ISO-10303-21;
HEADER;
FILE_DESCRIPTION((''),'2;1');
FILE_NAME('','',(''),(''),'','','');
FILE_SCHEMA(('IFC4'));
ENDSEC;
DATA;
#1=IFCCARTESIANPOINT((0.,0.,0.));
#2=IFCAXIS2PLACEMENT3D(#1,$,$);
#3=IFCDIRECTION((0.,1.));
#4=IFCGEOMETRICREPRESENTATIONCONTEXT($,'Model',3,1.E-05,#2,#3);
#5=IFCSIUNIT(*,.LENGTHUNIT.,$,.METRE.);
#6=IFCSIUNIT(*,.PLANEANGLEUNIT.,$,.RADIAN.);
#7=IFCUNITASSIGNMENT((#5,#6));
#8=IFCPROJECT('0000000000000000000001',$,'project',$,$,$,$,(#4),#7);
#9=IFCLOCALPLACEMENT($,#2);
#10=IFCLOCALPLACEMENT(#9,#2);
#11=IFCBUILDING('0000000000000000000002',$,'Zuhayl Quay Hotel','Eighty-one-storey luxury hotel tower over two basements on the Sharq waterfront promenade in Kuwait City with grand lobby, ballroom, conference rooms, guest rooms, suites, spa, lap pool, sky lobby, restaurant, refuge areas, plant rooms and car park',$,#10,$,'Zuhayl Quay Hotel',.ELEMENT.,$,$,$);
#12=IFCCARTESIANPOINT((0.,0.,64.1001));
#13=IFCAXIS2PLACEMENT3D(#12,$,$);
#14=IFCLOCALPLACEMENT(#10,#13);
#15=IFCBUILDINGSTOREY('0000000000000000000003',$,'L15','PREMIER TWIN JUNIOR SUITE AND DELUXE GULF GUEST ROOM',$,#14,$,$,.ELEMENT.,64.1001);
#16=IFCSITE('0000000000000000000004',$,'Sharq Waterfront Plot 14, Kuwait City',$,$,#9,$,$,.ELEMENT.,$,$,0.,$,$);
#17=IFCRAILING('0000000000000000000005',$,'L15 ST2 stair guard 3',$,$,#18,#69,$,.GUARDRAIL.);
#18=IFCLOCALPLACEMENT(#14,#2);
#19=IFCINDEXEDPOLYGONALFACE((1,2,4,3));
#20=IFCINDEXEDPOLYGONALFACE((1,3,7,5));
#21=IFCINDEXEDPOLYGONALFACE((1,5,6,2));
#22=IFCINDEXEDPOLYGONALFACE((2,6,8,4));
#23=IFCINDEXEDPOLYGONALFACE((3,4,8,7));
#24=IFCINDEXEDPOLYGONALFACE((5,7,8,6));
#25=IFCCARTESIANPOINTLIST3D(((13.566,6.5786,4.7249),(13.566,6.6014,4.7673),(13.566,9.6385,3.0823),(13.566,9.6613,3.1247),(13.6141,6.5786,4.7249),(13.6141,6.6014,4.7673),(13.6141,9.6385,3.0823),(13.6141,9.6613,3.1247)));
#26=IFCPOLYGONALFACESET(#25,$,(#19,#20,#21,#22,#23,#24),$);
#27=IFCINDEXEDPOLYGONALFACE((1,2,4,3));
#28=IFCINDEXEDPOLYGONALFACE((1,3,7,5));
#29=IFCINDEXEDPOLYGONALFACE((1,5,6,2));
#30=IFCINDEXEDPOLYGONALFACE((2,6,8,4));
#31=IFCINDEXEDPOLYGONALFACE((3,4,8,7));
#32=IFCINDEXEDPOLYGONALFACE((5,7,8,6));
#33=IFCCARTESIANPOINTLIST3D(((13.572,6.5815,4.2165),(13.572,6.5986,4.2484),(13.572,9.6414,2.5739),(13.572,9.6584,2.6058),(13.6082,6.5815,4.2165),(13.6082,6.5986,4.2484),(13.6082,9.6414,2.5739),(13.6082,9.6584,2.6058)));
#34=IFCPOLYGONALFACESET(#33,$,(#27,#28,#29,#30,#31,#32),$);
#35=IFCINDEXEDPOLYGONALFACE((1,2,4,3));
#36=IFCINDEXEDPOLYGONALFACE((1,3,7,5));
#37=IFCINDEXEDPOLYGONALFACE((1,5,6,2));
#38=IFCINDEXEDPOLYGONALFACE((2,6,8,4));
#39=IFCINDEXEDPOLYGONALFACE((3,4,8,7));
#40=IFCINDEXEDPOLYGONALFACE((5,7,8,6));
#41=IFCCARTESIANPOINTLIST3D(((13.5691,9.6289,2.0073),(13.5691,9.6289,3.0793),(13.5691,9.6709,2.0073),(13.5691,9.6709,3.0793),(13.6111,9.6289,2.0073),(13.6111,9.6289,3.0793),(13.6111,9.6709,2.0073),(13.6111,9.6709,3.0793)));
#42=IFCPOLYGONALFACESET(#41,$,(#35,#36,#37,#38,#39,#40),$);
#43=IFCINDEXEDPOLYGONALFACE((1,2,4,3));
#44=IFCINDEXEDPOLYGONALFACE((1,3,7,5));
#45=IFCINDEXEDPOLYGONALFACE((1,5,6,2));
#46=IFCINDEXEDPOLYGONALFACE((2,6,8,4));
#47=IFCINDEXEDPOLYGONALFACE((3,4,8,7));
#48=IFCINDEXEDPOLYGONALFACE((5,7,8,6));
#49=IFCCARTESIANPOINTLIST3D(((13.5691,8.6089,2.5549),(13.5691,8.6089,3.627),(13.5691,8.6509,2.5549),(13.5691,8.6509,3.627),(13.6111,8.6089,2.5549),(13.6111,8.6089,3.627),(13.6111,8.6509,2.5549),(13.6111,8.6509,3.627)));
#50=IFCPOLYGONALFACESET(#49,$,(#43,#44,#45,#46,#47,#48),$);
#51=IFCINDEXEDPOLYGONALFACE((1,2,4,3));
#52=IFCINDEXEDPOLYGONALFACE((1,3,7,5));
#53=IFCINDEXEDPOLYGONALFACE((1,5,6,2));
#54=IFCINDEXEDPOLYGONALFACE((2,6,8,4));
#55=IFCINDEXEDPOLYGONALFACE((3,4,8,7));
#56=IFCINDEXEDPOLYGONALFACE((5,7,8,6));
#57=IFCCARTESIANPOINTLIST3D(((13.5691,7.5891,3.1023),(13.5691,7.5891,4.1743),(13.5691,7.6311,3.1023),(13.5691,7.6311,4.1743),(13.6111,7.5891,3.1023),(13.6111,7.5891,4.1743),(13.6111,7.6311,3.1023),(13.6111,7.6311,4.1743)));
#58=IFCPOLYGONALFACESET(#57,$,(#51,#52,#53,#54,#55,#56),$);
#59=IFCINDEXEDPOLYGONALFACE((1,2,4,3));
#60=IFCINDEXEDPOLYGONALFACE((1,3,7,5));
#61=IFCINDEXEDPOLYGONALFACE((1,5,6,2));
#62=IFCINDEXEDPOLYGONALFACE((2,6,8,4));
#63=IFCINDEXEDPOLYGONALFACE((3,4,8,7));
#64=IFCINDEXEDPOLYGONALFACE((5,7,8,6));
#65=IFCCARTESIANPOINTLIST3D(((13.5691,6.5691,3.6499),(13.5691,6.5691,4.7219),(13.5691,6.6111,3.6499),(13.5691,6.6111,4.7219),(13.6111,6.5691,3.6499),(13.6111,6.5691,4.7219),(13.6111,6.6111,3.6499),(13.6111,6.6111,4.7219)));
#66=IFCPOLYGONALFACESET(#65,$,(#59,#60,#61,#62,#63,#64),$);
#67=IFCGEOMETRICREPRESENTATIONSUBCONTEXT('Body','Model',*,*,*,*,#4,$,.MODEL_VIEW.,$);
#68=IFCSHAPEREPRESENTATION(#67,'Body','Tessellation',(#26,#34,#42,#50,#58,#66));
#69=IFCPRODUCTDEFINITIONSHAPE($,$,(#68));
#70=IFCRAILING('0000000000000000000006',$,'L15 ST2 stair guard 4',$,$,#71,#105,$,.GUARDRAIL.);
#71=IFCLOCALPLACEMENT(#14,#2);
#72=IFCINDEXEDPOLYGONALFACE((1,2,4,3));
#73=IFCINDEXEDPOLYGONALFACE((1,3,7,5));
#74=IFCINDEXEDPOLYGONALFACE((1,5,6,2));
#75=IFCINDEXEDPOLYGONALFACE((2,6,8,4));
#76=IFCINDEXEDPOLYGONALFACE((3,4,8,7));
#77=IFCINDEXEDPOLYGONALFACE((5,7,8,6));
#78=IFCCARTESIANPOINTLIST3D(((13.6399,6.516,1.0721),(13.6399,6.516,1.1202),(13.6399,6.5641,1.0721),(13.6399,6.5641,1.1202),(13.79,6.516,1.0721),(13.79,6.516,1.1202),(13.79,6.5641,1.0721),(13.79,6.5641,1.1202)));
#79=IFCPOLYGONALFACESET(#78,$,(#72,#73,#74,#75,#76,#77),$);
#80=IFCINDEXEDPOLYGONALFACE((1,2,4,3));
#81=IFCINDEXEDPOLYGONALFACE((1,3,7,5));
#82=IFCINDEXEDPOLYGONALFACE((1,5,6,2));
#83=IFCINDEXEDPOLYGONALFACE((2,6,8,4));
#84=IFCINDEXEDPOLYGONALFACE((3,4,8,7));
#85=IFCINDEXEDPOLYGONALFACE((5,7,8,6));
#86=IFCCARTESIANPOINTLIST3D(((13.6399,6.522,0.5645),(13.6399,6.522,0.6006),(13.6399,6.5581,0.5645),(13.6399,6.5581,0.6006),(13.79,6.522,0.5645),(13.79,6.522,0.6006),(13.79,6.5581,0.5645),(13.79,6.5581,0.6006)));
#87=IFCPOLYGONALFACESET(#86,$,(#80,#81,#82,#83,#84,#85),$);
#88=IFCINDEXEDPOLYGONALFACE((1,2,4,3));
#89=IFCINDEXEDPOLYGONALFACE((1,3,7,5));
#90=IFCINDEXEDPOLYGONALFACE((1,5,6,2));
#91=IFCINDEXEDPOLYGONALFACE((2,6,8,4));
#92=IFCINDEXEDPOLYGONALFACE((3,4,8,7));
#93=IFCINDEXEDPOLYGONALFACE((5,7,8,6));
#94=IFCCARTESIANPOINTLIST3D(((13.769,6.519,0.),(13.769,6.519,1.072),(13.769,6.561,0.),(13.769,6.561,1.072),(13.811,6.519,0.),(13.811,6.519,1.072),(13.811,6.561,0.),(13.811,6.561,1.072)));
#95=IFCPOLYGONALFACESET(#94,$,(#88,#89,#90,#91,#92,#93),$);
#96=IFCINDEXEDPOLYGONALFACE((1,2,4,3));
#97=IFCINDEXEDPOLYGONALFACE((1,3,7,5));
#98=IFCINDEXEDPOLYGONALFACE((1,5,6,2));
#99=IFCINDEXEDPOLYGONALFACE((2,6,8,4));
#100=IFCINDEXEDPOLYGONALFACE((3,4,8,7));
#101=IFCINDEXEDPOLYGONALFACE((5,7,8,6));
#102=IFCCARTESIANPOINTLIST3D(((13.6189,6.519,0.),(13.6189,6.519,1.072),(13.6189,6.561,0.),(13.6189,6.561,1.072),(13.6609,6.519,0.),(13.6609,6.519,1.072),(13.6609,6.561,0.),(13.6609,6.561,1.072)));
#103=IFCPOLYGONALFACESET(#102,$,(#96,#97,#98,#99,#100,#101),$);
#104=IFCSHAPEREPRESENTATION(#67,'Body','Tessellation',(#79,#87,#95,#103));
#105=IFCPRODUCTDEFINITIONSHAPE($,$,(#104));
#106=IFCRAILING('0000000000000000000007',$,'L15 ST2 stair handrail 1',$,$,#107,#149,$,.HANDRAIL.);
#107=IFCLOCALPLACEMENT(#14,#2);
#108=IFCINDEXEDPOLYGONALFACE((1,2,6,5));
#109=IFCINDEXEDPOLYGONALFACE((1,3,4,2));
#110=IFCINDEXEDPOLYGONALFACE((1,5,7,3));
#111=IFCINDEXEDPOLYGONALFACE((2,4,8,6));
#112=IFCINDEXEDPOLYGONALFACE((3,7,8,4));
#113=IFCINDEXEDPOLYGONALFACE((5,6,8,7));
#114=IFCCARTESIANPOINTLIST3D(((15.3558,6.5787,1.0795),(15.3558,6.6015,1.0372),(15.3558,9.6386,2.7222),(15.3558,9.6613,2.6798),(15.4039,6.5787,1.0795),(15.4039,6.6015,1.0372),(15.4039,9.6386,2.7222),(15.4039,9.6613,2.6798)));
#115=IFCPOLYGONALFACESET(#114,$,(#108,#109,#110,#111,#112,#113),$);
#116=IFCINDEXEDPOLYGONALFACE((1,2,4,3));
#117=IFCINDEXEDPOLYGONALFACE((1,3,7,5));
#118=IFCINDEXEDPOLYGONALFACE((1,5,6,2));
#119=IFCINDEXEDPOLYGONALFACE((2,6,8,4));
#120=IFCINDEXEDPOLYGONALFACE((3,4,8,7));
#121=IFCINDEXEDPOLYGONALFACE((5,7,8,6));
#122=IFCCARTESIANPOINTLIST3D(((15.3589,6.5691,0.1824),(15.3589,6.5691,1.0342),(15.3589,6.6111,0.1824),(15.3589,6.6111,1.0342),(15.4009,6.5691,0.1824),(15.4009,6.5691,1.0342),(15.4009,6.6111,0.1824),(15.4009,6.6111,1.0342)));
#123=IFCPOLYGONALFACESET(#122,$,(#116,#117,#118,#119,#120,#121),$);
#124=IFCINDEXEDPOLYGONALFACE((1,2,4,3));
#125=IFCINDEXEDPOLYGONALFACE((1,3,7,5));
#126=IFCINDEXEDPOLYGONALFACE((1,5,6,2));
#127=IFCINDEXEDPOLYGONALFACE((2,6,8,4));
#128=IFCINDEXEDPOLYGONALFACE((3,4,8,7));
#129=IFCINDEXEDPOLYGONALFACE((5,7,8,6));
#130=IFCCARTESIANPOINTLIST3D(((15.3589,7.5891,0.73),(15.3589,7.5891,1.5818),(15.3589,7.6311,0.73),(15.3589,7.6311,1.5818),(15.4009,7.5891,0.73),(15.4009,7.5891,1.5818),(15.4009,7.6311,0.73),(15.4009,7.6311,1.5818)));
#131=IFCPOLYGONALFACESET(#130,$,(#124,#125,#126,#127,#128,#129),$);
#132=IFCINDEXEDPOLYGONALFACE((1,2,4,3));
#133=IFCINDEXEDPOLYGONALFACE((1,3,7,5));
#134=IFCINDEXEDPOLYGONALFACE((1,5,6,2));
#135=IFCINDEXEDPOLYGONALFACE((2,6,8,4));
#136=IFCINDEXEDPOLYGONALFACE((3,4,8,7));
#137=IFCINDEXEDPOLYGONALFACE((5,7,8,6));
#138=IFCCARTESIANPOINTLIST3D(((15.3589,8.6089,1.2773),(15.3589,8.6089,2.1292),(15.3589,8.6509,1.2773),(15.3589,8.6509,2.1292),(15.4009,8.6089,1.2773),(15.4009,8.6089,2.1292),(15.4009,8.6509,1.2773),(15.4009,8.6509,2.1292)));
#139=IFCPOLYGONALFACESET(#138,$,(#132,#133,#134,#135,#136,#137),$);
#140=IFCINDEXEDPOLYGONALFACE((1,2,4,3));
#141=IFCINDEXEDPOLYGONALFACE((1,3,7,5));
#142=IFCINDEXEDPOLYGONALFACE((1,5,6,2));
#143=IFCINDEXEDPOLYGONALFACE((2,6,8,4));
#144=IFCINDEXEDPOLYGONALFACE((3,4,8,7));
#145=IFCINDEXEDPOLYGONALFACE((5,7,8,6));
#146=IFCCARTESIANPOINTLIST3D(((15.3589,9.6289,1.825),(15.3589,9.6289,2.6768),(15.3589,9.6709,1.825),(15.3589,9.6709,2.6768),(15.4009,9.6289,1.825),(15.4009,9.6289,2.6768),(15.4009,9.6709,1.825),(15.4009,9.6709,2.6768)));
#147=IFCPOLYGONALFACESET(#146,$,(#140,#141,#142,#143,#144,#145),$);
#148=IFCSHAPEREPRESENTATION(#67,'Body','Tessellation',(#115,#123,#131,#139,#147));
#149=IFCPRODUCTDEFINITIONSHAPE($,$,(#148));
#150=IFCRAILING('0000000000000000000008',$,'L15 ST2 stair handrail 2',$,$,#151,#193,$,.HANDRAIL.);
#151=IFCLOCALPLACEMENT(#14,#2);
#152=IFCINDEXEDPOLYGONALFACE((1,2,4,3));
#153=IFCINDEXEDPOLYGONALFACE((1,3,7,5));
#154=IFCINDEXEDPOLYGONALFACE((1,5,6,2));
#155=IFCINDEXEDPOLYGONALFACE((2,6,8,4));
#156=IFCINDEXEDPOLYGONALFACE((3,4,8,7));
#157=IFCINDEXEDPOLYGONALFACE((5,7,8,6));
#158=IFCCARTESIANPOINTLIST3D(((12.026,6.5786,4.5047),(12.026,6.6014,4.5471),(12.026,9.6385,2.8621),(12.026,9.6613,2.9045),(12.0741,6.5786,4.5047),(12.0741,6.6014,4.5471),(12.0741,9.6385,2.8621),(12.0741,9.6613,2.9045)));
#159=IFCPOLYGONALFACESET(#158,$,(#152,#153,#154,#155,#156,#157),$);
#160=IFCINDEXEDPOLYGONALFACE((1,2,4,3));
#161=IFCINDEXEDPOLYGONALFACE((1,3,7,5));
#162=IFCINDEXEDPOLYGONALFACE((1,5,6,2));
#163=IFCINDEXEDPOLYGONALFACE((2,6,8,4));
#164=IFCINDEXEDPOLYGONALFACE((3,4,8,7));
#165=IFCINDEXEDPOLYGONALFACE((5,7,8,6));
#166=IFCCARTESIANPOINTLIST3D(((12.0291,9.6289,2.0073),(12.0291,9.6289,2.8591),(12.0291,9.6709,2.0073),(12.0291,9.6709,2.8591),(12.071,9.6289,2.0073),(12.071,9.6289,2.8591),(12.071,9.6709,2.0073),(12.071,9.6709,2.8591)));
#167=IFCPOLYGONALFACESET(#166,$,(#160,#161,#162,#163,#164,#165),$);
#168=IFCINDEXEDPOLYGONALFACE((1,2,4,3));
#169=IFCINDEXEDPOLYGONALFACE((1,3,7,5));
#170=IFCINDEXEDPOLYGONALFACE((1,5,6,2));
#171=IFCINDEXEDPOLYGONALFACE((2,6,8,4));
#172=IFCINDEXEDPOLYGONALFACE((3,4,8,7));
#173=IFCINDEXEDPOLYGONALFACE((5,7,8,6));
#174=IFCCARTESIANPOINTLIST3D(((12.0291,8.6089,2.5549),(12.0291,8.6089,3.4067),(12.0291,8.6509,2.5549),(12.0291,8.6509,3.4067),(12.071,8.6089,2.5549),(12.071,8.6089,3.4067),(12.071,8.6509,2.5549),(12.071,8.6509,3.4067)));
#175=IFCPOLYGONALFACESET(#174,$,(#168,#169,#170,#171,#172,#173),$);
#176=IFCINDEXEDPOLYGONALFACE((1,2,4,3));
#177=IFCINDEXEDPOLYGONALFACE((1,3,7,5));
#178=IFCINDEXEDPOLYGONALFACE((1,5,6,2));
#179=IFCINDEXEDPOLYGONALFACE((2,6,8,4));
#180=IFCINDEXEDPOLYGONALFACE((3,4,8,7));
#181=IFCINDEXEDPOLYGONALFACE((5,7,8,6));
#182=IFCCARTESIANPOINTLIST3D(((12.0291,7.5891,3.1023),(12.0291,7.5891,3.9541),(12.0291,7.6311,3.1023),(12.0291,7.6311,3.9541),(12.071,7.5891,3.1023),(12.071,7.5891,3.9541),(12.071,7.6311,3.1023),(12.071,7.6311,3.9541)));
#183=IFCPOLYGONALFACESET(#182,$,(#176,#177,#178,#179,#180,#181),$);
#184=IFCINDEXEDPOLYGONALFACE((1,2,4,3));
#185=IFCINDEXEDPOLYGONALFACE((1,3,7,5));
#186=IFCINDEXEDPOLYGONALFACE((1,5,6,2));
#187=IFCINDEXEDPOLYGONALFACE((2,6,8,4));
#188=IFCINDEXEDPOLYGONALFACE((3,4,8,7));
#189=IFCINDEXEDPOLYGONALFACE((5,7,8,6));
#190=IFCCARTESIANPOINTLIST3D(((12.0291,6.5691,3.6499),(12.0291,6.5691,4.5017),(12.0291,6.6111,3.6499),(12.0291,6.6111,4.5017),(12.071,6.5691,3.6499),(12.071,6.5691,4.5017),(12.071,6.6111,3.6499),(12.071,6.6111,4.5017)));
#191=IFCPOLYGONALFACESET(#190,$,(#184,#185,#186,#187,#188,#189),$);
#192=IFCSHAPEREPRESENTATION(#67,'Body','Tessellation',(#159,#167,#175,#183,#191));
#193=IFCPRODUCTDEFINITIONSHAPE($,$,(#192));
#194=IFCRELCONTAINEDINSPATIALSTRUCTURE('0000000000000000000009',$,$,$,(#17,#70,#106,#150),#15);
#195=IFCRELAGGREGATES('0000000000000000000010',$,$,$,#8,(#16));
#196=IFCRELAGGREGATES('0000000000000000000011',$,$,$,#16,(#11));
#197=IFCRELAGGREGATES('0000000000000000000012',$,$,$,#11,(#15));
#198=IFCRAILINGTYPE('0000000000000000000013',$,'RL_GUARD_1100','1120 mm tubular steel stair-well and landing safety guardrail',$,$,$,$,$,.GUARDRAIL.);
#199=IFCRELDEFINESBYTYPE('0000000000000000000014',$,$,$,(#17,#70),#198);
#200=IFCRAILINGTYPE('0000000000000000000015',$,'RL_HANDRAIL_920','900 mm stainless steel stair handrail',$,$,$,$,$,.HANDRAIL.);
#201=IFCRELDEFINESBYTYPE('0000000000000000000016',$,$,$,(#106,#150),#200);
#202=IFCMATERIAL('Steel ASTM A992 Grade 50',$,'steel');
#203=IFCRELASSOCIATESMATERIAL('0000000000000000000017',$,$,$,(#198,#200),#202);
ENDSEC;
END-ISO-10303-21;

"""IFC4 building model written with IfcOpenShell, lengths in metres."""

from ifc_helpers import new_model, si_unit, direction, frame, origin, origin_2d, place, context, subcontext, project, spatial, rectangle, extrude, material, type_object, element, save


model = new_model("IFC4")

# Units and contexts
model_context = context("Model", 3, precision=1e-05, world=origin(), true_north=direction((0.0, 1.0)))
body_context = subcontext(model_context, "Body", "Model", "MODEL_VIEW")
ifc_project = project(units=[si_unit("LENGTHUNIT", "METRE"), si_unit("PLANEANGLEUNIT", "RADIAN")], contexts=[model_context])

# Site, building, storey
site_placement = place(None, origin())
site = spatial("IfcSite", under=ifc_project, at=site_placement, Name="Sharq Waterfront Plot 14, Kuwait City", CompositionType="ELEMENT", RefElevation=0.0)
building_placement = place(site_placement, origin())
building = spatial("IfcBuilding", under=site, at=building_placement, Name="Zuhayl Quay Hotel", Description="Eighty-one-storey luxury hotel tower over two basements on the Sharq waterfront promenade in Kuwait City with grand lobby, ballroom, conference rooms, guest rooms, suites, spa, lap pool, sky lobby, restaurant, refuge areas, plant rooms and car park", LongName="Zuhayl Quay Hotel", CompositionType="ELEMENT")
storey_placement = place(building_placement, frame((0.0, 0.0, 64.1001)))
storey = spatial("IfcBuildingStorey", under=building, at=storey_placement, Name="L15", Description="PREMIER TWIN JUNIOR SUITE AND DELUXE GULF GUEST ROOM", CompositionType="ELEMENT", Elevation=64.1001)

# Shared definitions
ifc_material_1 = material(Name="Steel ASTM A992 Grade 50", Category="steel")

# Railings
railing_type_1 = type_object("IfcRailingType", Name="RL_GUARD_1100", Description="1120 mm tubular steel stair-well and landing safety guardrail", PredefinedType="GUARDRAIL", material=ifc_material_1)
railing_1_placement = place(storey_placement, frame((13.5901, 9.6499, 2.0073)))
element("IfcRailing", 1, at=railing_1_placement, inside=storey, type_object=railing_type_1, Name="L15 ST2 stair guard 3", PredefinedType="GUARDRAIL", context=body_context, shape_type="SweptSolid", body=[
    extrude(rectangle(XDim=0.0481, YDim=0.0481, at=origin_2d()), frame((0.0, 0.0, 1.0962), z_axis=(0.0, -0.881073, 0.47298), x_axis=(1.0, 0.0, 0.0)), (0.0, 0.0, 1.0), 3.4729),
    extrude(rectangle(XDim=0.0361, YDim=0.0361, at=origin_2d()), frame((0.0, 0.0, 0.5825), z_axis=(0.0, -0.881073, 0.47298), x_axis=(1.0, 0.0, 0.0)), (0.0, 0.0, 1.0), 3.4729),
    extrude(rectangle(XDim=0.042, YDim=0.042, at=origin_2d()), origin(), (0.0, 0.0, 1.0), 1.072),
    extrude(rectangle(XDim=0.042, YDim=0.042, at=origin_2d()), frame((0.0, -1.02, 0.5476)), (0.0, 0.0, 1.0), 1.072),
    extrude(rectangle(XDim=0.042, YDim=0.042, at=origin_2d()), frame((0.0, -2.0398, 1.095)), (0.0, 0.0, 1.0), 1.072),
    extrude(rectangle(XDim=0.042, YDim=0.042, at=origin_2d()), frame((0.0, -3.0598, 1.6426)), (0.0, 0.0, 1.0), 1.072),
])
railing_2_placement = place(storey_placement, frame((13.79, 6.54, 0.0)))
element("IfcRailing", 2, at=railing_2_placement, inside=storey, type_object=railing_type_1, Name="L15 ST2 stair guard 4", PredefinedType="GUARDRAIL", context=body_context, shape_type="SweptSolid", body=[
    extrude(rectangle(XDim=0.0481, YDim=0.0481, at=origin_2d()), frame((0.0, 0.0, 1.0962), z_axis=(-1.0, 0.0, 0.0), x_axis=(0.0, -1.0, 0.0)), (0.0, 0.0, 1.0), 0.1501),
    extrude(rectangle(XDim=0.0361, YDim=0.0361, at=origin_2d()), frame((0.0, 0.0, 0.5825), z_axis=(-1.0, 0.0, 0.0), x_axis=(0.0, -1.0, 0.0)), (0.0, 0.0, 1.0), 0.1501),
    extrude(rectangle(XDim=0.042, YDim=0.042, at=origin_2d()), origin(), (0.0, 0.0, 1.0), 1.072),
    extrude(rectangle(XDim=0.042, YDim=0.042, at=origin_2d()), frame((-0.1501, 0.0, 0.0)), (0.0, 0.0, 1.0), 1.072),
])
railing_type_2 = type_object("IfcRailingType", Name="RL_HANDRAIL_920", Description="900 mm stainless steel stair handrail", PredefinedType="HANDRAIL", material=ifc_material_1)
railing_3_placement = place(storey_placement, frame((15.3799, 6.5901, 0.1824)))
element("IfcRailing", 3, at=railing_3_placement, inside=storey, type_object=railing_type_2, Name="L15 ST2 stair handrail 1", PredefinedType="HANDRAIL", context=body_context, shape_type="SweptSolid", body=[
    extrude(rectangle(XDim=0.0481, YDim=0.0481, at=origin_2d()), frame((0.0, 0.0, 0.876), z_axis=(0.0, 0.881073, 0.47298), x_axis=(-1.0, 0.0, 0.0)), (0.0, 0.0, 1.0), 3.4729),
    extrude(rectangle(XDim=0.042, YDim=0.042, at=origin_2d()), origin(), (0.0, 0.0, 1.0), 0.8518),
    extrude(rectangle(XDim=0.042, YDim=0.042, at=origin_2d()), frame((0.0, 1.02, 0.5476)), (0.0, 0.0, 1.0), 0.8518),
    extrude(rectangle(XDim=0.042, YDim=0.042, at=origin_2d()), frame((0.0, 2.0398, 1.095)), (0.0, 0.0, 1.0), 0.8518),
    extrude(rectangle(XDim=0.042, YDim=0.042, at=origin_2d()), frame((0.0, 3.0598, 1.6426)), (0.0, 0.0, 1.0), 0.8518),
])
railing_4_placement = place(storey_placement, frame((12.05, 9.6499, 2.0073)))
element("IfcRailing", 4, at=railing_4_placement, inside=storey, type_object=railing_type_2, Name="L15 ST2 stair handrail 2", PredefinedType="HANDRAIL", context=body_context, shape_type="SweptSolid", body=[
    extrude(rectangle(XDim=0.0481, YDim=0.0481, at=origin_2d()), frame((0.0, 0.0, 0.876), z_axis=(0.0, -0.881073, 0.47298), x_axis=(1.0, 0.0, 0.0)), (0.0, 0.0, 1.0), 3.4729),
    extrude(rectangle(XDim=0.042, YDim=0.042, at=origin_2d()), origin(), (0.0, 0.0, 1.0), 0.8518),
    extrude(rectangle(XDim=0.042, YDim=0.042, at=origin_2d()), frame((0.0, -1.02, 0.5476)), (0.0, 0.0, 1.0), 0.8518),
    extrude(rectangle(XDim=0.042, YDim=0.042, at=origin_2d()), frame((0.0, -2.0398, 1.095)), (0.0, 0.0, 1.0), 0.8518),
    extrude(rectangle(XDim=0.042, YDim=0.042, at=origin_2d()), frame((0.0, -3.0598, 1.6426)), (0.0, 0.0, 1.0), 0.8518),
])

save(model, "model.ifc")
